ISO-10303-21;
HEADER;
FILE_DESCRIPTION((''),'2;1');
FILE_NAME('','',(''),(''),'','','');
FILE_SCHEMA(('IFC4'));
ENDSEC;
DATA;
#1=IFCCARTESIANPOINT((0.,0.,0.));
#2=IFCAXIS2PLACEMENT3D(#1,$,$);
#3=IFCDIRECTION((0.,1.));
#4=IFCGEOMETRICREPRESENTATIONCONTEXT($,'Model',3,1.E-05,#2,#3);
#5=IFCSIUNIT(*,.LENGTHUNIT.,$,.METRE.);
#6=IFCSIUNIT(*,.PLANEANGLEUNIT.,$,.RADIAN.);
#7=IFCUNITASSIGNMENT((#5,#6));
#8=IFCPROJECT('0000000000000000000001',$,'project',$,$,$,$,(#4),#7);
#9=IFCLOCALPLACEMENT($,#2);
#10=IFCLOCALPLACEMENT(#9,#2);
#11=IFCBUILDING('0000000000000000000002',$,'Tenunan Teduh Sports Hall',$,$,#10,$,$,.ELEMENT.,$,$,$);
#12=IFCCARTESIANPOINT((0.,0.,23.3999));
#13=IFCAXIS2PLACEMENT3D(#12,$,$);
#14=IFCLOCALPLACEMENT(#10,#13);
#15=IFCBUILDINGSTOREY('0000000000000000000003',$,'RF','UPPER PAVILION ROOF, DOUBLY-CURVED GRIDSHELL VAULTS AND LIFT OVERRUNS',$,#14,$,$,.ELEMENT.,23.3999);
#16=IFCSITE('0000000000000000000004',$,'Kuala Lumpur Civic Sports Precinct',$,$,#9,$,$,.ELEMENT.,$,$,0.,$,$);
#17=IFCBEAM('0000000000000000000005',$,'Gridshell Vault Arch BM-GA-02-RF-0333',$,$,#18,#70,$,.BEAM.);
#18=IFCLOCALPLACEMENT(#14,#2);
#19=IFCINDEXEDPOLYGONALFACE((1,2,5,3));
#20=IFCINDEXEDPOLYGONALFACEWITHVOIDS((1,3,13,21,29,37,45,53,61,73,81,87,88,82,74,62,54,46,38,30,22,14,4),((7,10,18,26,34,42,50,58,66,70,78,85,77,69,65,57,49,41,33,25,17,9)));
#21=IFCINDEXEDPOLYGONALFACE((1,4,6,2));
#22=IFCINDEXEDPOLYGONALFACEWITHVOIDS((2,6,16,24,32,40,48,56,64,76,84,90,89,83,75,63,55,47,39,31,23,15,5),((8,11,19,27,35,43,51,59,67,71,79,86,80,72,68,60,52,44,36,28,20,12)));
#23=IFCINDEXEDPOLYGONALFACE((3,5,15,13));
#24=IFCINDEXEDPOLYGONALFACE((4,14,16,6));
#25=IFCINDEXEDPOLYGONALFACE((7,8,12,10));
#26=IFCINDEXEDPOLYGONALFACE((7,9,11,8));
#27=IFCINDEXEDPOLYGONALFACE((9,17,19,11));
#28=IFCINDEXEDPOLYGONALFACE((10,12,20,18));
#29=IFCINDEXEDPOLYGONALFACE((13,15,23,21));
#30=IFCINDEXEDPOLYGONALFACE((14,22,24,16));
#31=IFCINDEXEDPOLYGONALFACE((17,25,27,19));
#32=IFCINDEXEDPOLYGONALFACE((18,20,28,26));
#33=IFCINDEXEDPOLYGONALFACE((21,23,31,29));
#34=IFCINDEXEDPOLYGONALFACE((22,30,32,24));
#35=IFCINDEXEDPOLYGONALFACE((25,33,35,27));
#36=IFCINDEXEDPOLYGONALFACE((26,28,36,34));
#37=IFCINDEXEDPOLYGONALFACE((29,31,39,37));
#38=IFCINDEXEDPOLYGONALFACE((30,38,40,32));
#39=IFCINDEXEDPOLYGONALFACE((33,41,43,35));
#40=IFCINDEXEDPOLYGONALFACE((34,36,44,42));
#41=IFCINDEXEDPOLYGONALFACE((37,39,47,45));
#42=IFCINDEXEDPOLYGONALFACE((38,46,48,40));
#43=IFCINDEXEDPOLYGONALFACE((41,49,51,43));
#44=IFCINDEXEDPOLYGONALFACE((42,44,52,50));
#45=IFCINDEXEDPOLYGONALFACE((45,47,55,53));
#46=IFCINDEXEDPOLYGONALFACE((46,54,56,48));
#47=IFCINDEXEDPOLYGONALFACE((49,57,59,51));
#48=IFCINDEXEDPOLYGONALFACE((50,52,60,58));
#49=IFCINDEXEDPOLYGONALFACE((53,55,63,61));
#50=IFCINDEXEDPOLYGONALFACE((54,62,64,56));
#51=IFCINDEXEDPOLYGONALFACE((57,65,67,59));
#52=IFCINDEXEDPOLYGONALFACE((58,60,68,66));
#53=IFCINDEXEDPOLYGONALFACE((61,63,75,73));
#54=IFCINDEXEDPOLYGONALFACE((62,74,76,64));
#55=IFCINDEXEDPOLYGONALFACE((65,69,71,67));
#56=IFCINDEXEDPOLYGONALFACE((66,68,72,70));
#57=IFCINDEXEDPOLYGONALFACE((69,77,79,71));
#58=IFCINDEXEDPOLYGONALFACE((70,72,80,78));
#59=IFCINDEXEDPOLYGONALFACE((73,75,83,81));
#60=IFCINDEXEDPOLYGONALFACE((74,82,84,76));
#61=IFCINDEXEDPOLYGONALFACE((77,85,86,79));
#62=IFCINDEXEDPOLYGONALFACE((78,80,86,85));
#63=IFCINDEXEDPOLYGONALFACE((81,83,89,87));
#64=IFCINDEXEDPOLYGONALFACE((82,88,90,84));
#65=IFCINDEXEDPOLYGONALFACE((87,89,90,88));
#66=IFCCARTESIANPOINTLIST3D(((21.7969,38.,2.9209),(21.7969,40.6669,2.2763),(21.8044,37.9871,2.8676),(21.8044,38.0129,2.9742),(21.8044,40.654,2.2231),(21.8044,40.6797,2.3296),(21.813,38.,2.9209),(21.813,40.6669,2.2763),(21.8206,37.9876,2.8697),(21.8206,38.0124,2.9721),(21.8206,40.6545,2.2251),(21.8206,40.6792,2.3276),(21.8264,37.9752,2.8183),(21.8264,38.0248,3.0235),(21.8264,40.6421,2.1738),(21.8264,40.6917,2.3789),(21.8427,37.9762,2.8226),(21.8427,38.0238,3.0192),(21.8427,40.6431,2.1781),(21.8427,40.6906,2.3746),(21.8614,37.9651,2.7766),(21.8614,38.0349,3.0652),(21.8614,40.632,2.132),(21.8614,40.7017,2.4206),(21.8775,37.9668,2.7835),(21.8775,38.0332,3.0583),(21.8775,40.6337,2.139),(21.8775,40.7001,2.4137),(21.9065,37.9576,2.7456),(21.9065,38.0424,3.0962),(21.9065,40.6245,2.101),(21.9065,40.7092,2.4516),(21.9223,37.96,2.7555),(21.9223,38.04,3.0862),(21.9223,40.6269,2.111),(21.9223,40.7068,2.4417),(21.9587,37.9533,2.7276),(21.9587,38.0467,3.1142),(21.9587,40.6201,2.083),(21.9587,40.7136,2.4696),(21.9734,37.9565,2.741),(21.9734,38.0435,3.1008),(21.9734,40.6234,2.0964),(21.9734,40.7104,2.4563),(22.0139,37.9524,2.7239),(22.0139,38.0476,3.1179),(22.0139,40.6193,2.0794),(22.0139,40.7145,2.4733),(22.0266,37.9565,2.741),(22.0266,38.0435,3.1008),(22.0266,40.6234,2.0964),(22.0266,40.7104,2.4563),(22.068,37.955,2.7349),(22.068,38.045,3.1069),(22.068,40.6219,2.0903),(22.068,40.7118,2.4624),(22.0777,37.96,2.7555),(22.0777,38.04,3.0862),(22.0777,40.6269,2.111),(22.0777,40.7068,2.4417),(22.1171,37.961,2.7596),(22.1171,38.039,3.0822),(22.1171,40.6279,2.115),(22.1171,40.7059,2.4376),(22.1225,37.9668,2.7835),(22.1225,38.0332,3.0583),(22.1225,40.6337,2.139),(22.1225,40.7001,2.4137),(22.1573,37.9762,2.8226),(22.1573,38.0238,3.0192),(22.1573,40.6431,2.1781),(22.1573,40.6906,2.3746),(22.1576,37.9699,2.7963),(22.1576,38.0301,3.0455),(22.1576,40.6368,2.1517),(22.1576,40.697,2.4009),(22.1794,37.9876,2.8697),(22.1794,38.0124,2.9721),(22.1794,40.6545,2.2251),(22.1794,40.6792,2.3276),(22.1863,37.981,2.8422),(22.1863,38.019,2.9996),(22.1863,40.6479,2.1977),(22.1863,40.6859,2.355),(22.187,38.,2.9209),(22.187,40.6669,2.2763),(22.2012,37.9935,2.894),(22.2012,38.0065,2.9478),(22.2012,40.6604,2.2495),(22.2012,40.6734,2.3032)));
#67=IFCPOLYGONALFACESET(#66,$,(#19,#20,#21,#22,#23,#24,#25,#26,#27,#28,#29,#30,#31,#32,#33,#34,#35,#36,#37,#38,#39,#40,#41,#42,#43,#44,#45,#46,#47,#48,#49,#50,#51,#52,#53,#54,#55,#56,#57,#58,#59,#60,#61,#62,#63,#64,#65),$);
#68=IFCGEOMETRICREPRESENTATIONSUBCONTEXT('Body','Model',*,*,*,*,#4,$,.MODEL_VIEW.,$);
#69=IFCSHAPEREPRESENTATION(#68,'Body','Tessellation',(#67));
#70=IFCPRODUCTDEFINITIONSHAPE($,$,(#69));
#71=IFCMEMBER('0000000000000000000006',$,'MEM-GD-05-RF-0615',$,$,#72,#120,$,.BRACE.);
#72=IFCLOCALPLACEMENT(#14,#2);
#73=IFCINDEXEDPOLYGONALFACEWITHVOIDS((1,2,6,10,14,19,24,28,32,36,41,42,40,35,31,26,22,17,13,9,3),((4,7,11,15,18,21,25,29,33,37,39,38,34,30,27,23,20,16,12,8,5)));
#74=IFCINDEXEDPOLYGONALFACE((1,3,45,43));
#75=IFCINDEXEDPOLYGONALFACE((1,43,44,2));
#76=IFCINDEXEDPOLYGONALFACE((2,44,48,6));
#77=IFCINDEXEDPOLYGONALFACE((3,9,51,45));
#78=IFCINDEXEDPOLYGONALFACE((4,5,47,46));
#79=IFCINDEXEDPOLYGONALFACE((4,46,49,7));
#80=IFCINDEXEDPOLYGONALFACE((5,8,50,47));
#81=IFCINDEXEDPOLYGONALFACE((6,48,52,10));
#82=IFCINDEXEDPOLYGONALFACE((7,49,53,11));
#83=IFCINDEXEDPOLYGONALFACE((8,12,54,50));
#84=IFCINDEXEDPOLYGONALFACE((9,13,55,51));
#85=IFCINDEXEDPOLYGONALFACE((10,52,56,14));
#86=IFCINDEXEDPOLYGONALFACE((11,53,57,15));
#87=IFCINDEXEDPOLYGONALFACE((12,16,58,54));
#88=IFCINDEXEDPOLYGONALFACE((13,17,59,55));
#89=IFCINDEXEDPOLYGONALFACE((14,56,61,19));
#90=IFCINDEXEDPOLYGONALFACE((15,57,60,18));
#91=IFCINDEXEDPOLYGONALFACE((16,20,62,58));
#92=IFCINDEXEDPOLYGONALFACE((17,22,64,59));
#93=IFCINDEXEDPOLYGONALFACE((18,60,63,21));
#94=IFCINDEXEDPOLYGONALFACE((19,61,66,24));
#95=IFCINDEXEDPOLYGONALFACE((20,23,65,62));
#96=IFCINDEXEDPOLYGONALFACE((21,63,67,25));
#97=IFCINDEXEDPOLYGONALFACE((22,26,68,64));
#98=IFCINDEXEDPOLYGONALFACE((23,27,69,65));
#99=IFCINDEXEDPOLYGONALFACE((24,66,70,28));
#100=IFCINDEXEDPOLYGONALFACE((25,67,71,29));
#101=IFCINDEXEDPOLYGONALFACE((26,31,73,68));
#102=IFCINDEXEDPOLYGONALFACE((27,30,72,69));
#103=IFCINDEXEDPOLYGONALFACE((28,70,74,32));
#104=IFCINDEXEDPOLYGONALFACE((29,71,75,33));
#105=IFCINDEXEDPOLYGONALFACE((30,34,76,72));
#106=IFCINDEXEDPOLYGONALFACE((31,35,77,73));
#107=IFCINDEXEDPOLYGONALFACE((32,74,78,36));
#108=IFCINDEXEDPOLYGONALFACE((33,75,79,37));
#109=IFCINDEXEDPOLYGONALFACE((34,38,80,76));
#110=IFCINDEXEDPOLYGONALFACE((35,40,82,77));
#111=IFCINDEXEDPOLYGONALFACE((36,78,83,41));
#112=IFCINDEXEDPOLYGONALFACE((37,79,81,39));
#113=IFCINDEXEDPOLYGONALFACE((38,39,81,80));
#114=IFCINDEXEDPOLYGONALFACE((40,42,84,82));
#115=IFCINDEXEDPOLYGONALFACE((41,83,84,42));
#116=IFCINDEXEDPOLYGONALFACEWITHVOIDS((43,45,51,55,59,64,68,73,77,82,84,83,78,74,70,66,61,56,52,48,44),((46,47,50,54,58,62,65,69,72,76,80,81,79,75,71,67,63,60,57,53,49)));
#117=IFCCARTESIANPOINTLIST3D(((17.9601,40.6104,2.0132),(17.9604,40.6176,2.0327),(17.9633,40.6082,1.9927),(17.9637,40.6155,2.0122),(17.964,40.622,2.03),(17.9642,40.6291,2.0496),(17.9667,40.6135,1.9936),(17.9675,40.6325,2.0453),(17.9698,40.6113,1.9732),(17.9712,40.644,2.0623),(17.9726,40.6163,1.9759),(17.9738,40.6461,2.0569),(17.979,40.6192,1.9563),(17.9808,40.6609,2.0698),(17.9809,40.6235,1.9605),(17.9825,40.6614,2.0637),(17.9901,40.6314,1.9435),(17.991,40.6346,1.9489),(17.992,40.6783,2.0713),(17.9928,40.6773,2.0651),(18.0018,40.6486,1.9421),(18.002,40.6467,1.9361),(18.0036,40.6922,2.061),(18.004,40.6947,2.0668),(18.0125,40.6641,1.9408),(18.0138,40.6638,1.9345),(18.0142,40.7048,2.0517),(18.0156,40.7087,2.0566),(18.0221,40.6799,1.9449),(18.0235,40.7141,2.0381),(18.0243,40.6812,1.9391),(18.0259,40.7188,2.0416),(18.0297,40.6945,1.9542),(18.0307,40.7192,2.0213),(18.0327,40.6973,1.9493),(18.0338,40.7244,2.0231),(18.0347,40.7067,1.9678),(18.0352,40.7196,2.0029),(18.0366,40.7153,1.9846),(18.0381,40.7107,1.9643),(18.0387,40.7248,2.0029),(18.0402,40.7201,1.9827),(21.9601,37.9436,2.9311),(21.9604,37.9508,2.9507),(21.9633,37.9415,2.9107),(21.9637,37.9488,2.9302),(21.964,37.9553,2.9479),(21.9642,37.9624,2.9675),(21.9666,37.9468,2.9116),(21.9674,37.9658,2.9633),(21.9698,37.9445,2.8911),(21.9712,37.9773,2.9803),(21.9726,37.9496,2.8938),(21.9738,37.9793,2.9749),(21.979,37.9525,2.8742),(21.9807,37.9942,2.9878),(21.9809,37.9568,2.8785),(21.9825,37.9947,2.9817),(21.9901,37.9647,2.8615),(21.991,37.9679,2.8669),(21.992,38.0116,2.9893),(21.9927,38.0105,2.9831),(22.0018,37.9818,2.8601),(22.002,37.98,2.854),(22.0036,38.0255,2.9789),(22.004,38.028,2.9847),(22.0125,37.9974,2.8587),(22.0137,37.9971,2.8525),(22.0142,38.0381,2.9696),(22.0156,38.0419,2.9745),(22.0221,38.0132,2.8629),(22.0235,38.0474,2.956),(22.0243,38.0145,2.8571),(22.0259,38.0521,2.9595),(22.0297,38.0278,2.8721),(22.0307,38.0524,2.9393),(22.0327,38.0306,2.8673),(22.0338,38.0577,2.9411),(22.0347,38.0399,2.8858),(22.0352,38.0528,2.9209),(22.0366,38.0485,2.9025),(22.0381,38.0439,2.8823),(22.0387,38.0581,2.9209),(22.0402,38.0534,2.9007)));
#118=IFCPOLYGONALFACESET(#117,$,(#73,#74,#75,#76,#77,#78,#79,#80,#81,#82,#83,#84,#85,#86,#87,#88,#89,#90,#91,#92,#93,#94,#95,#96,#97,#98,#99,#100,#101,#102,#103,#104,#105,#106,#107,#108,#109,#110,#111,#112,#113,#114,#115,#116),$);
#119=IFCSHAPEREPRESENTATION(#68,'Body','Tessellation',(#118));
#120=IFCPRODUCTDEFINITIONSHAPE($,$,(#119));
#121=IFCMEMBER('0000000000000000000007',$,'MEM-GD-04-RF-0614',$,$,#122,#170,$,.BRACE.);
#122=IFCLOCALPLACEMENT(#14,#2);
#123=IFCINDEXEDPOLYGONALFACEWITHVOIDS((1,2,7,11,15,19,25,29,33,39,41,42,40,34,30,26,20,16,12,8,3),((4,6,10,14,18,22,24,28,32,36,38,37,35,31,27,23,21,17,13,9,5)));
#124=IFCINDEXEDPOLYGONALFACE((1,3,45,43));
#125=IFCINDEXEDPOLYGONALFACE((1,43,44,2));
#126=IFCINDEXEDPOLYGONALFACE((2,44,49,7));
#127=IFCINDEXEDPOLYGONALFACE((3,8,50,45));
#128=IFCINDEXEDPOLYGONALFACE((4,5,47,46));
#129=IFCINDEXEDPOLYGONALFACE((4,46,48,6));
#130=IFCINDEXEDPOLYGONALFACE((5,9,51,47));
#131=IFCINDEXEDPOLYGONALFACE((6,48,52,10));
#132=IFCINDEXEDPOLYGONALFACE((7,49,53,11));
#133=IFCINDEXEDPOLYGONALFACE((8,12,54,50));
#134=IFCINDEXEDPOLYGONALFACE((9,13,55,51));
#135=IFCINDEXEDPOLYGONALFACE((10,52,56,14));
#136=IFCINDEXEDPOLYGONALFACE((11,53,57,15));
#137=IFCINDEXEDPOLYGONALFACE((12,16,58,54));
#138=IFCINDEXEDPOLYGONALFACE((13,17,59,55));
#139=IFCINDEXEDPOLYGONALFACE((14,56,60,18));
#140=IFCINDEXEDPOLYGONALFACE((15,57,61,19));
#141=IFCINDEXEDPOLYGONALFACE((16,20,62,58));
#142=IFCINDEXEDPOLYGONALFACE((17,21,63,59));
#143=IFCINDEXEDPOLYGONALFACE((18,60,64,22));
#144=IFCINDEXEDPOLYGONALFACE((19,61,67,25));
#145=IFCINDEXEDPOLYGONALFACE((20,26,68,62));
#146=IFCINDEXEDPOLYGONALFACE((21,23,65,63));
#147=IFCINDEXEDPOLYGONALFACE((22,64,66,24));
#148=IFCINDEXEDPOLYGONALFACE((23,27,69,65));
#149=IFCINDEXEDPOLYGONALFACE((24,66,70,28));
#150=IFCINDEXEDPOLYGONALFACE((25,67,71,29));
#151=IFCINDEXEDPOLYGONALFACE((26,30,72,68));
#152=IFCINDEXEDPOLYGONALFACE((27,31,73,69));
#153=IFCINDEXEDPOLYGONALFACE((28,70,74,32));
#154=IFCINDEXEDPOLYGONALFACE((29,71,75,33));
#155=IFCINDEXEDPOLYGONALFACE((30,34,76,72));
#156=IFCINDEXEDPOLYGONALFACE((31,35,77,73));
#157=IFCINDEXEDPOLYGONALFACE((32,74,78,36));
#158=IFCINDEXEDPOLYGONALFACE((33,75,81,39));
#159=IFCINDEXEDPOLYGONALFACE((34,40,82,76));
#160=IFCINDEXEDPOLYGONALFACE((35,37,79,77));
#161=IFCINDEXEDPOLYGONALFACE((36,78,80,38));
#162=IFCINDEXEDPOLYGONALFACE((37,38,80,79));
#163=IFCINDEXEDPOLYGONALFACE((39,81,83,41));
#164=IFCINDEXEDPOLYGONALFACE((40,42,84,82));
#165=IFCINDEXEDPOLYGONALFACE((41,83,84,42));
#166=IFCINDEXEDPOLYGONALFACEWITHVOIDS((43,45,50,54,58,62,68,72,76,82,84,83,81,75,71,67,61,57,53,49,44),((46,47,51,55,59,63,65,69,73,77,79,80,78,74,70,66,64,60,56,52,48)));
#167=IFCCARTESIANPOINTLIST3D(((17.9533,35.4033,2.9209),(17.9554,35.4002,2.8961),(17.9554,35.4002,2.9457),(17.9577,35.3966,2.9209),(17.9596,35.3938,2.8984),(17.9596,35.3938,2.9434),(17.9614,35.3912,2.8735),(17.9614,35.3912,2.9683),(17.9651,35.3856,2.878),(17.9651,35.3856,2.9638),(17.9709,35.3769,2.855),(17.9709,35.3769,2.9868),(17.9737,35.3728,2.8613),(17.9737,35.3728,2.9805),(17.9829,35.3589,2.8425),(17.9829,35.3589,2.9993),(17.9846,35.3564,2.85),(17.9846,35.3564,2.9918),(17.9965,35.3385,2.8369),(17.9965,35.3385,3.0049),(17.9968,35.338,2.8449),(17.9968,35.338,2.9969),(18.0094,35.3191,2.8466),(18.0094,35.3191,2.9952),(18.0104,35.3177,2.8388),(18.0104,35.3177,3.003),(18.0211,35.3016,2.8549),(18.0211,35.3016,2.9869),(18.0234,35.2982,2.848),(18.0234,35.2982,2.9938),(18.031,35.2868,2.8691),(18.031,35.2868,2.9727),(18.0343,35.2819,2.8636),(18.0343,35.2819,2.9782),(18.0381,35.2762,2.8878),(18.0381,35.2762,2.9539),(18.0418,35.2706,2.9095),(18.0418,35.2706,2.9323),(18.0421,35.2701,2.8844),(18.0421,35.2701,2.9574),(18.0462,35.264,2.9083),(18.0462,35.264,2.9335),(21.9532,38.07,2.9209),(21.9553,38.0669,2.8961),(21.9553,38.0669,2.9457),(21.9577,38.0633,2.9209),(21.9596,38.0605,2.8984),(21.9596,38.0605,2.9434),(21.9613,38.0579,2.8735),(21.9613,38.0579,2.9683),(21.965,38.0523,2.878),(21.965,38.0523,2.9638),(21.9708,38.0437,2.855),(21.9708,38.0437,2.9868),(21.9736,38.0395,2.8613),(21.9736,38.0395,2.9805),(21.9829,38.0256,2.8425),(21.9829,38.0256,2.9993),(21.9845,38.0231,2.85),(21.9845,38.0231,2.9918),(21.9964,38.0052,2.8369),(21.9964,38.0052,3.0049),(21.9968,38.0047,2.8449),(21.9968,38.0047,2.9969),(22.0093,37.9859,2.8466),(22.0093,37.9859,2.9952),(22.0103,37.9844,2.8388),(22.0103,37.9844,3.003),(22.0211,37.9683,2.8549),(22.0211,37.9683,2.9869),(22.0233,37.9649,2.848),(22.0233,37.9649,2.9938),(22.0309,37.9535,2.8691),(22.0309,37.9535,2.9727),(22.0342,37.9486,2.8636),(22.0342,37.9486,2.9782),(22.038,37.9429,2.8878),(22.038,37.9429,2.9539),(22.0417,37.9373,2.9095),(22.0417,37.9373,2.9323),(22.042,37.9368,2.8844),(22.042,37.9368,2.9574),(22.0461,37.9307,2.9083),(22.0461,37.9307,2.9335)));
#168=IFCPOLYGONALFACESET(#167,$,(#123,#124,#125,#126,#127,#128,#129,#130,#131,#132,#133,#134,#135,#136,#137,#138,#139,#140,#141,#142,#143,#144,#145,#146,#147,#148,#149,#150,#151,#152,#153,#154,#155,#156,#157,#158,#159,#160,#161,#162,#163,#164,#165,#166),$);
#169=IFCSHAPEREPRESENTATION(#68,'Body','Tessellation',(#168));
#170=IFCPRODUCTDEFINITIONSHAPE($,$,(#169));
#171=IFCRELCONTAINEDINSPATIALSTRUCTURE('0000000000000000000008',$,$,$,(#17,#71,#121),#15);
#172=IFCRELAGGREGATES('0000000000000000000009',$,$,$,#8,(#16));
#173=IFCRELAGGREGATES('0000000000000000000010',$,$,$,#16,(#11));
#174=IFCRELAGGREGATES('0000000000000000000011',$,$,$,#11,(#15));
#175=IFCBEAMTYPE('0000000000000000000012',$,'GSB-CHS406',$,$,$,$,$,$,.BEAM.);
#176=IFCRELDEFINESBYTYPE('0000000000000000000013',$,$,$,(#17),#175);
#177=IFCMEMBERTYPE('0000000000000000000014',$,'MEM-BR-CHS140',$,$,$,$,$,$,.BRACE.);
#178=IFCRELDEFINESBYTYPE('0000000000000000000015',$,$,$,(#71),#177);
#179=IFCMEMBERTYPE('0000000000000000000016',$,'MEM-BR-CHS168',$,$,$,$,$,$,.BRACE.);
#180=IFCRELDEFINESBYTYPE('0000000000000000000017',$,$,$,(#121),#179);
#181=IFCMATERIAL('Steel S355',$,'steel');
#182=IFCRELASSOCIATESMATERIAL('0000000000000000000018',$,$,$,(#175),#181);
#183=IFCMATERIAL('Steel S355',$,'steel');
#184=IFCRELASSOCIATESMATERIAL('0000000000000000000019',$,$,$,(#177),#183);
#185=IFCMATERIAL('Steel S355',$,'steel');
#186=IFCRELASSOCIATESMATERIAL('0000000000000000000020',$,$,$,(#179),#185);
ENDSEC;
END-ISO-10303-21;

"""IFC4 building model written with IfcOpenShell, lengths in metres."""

from ifc_helpers import new_model, si_unit, direction, frame, origin, origin_2d, place, context, subcontext, project, spatial, hollow_circle, extrude, material, material_profile, profile_set, type_object, element, save


model = new_model("IFC4")

# Units and contexts
model_context = context("Model", 3, precision=1e-05, world=origin(), true_north=direction((0.0, 1.0)))
body_context = subcontext(model_context, "Body", "Model", "MODEL_VIEW")
ifc_project = project(units=[si_unit("LENGTHUNIT", "METRE"), si_unit("PLANEANGLEUNIT", "RADIAN")], contexts=[model_context])

# Site, building, storey
site_placement = place(None, origin())
site = spatial("IfcSite", under=ifc_project, at=site_placement, Name="Kuala Lumpur Civic Sports Precinct", CompositionType="ELEMENT", RefElevation=0.0)
building_placement = place(site_placement, origin())
building = spatial("IfcBuilding", under=site, at=building_placement, Name="Tenunan Teduh Sports Hall", CompositionType="ELEMENT")
storey_placement = place(building_placement, frame((0.0, 0.0, 23.3999)))
storey = spatial("IfcBuildingStorey", under=building, at=storey_placement, Name="RF", Description="UPPER PAVILION ROOF, DOUBLY-CURVED GRIDSHELL VAULTS AND LIFT OVERRUNS", CompositionType="ELEMENT", Elevation=23.3999)

# Beam
ifc_material_1 = material(Name="Steel S355", Category="steel")
ifc_material_profile_1 = material_profile(ifc_material_1, hollow_circle(Radius=0.2031, WallThickness=0.0161, at=origin_2d()), Name="CHS 406.4x16.0")
ifc_profile_set_1 = profile_set([ifc_material_profile_1], Name="Steel S355")
beam_type_1 = type_object("IfcBeamType", Name="GSB-CHS406", PredefinedType="BEAM", material=ifc_profile_set_1)
beam_1_placement = place(storey_placement, frame((22.0, 38.0, 2.9209), z_axis=(0.0, 0.972013, -0.234928), x_axis=(-1.0, 0.0, 0.0)))
element("IfcBeam", 1, at=beam_1_placement, inside=storey, type_object=beam_type_1, Name="Gridshell Vault Arch BM-GA-02-RF-0333", PredefinedType="BEAM", context=body_context, shape_type="SweptSolid", body=[
    extrude(hollow_circle(Radius=0.2031, WallThickness=0.0161, at=origin_2d()), origin(), (0.0, 0.0, 1.0), 2.7437),
])

# Members
ifc_material_2 = material(Name="Steel S355", Category="steel")
ifc_material_profile_2 = material_profile(ifc_material_2, hollow_circle(Radius=0.0698, WallThickness=0.0063, at=origin_2d()), Name="CHS 139.7x6.3")
ifc_profile_set_2 = profile_set([ifc_material_profile_2], Name="Steel S355")
member_type_1 = type_object("IfcMemberType", Name="MEM-BR-CHS140", PredefinedType="BRACE", material=ifc_profile_set_2)
member_1_placement = place(storey_placement, frame((18.0, 40.6667, 2.0029), z_axis=(0.817277, -0.544868, 0.187559), x_axis=(0.554712, 0.832042, 0.0)))
element("IfcMember", 2, at=member_1_placement, inside=storey, type_object=member_type_1, Name="MEM-GD-05-RF-0615", PredefinedType="BRACE", context=body_context, shape_type="SweptSolid", body=[
    extrude(hollow_circle(Radius=0.0698, WallThickness=0.0063, at=origin_2d()), origin(), (0.0, 0.0, 1.0), 4.8943),
])
ifc_material_3 = material(Name="Steel S355", Category="steel")
ifc_material_profile_3 = material_profile(ifc_material_3, hollow_circle(Radius=0.0842, WallThickness=0.0081, at=origin_2d()), Name="CHS 168.3x8.0")
ifc_profile_set_3 = profile_set([ifc_material_profile_3], Name="Steel S355")
member_type_2 = type_object("IfcMemberType", Name="MEM-BR-CHS168", PredefinedType="BRACE", material=ifc_profile_set_3)
member_2_placement = place(storey_placement, frame((18.0, 35.3333, 2.9209), z_axis=(0.832042, 0.554712, 0.0), x_axis=(-0.554712, 0.832042, 0.0)))
element("IfcMember", 3, at=member_2_placement, inside=storey, type_object=member_type_2, Name="MEM-GD-04-RF-0614", PredefinedType="BRACE", context=body_context, shape_type="SweptSolid", body=[
    extrude(hollow_circle(Radius=0.0842, WallThickness=0.0081, at=origin_2d()), origin(), (0.0, 0.0, 1.0), 4.8074),
])

save(model, "model.ifc")
